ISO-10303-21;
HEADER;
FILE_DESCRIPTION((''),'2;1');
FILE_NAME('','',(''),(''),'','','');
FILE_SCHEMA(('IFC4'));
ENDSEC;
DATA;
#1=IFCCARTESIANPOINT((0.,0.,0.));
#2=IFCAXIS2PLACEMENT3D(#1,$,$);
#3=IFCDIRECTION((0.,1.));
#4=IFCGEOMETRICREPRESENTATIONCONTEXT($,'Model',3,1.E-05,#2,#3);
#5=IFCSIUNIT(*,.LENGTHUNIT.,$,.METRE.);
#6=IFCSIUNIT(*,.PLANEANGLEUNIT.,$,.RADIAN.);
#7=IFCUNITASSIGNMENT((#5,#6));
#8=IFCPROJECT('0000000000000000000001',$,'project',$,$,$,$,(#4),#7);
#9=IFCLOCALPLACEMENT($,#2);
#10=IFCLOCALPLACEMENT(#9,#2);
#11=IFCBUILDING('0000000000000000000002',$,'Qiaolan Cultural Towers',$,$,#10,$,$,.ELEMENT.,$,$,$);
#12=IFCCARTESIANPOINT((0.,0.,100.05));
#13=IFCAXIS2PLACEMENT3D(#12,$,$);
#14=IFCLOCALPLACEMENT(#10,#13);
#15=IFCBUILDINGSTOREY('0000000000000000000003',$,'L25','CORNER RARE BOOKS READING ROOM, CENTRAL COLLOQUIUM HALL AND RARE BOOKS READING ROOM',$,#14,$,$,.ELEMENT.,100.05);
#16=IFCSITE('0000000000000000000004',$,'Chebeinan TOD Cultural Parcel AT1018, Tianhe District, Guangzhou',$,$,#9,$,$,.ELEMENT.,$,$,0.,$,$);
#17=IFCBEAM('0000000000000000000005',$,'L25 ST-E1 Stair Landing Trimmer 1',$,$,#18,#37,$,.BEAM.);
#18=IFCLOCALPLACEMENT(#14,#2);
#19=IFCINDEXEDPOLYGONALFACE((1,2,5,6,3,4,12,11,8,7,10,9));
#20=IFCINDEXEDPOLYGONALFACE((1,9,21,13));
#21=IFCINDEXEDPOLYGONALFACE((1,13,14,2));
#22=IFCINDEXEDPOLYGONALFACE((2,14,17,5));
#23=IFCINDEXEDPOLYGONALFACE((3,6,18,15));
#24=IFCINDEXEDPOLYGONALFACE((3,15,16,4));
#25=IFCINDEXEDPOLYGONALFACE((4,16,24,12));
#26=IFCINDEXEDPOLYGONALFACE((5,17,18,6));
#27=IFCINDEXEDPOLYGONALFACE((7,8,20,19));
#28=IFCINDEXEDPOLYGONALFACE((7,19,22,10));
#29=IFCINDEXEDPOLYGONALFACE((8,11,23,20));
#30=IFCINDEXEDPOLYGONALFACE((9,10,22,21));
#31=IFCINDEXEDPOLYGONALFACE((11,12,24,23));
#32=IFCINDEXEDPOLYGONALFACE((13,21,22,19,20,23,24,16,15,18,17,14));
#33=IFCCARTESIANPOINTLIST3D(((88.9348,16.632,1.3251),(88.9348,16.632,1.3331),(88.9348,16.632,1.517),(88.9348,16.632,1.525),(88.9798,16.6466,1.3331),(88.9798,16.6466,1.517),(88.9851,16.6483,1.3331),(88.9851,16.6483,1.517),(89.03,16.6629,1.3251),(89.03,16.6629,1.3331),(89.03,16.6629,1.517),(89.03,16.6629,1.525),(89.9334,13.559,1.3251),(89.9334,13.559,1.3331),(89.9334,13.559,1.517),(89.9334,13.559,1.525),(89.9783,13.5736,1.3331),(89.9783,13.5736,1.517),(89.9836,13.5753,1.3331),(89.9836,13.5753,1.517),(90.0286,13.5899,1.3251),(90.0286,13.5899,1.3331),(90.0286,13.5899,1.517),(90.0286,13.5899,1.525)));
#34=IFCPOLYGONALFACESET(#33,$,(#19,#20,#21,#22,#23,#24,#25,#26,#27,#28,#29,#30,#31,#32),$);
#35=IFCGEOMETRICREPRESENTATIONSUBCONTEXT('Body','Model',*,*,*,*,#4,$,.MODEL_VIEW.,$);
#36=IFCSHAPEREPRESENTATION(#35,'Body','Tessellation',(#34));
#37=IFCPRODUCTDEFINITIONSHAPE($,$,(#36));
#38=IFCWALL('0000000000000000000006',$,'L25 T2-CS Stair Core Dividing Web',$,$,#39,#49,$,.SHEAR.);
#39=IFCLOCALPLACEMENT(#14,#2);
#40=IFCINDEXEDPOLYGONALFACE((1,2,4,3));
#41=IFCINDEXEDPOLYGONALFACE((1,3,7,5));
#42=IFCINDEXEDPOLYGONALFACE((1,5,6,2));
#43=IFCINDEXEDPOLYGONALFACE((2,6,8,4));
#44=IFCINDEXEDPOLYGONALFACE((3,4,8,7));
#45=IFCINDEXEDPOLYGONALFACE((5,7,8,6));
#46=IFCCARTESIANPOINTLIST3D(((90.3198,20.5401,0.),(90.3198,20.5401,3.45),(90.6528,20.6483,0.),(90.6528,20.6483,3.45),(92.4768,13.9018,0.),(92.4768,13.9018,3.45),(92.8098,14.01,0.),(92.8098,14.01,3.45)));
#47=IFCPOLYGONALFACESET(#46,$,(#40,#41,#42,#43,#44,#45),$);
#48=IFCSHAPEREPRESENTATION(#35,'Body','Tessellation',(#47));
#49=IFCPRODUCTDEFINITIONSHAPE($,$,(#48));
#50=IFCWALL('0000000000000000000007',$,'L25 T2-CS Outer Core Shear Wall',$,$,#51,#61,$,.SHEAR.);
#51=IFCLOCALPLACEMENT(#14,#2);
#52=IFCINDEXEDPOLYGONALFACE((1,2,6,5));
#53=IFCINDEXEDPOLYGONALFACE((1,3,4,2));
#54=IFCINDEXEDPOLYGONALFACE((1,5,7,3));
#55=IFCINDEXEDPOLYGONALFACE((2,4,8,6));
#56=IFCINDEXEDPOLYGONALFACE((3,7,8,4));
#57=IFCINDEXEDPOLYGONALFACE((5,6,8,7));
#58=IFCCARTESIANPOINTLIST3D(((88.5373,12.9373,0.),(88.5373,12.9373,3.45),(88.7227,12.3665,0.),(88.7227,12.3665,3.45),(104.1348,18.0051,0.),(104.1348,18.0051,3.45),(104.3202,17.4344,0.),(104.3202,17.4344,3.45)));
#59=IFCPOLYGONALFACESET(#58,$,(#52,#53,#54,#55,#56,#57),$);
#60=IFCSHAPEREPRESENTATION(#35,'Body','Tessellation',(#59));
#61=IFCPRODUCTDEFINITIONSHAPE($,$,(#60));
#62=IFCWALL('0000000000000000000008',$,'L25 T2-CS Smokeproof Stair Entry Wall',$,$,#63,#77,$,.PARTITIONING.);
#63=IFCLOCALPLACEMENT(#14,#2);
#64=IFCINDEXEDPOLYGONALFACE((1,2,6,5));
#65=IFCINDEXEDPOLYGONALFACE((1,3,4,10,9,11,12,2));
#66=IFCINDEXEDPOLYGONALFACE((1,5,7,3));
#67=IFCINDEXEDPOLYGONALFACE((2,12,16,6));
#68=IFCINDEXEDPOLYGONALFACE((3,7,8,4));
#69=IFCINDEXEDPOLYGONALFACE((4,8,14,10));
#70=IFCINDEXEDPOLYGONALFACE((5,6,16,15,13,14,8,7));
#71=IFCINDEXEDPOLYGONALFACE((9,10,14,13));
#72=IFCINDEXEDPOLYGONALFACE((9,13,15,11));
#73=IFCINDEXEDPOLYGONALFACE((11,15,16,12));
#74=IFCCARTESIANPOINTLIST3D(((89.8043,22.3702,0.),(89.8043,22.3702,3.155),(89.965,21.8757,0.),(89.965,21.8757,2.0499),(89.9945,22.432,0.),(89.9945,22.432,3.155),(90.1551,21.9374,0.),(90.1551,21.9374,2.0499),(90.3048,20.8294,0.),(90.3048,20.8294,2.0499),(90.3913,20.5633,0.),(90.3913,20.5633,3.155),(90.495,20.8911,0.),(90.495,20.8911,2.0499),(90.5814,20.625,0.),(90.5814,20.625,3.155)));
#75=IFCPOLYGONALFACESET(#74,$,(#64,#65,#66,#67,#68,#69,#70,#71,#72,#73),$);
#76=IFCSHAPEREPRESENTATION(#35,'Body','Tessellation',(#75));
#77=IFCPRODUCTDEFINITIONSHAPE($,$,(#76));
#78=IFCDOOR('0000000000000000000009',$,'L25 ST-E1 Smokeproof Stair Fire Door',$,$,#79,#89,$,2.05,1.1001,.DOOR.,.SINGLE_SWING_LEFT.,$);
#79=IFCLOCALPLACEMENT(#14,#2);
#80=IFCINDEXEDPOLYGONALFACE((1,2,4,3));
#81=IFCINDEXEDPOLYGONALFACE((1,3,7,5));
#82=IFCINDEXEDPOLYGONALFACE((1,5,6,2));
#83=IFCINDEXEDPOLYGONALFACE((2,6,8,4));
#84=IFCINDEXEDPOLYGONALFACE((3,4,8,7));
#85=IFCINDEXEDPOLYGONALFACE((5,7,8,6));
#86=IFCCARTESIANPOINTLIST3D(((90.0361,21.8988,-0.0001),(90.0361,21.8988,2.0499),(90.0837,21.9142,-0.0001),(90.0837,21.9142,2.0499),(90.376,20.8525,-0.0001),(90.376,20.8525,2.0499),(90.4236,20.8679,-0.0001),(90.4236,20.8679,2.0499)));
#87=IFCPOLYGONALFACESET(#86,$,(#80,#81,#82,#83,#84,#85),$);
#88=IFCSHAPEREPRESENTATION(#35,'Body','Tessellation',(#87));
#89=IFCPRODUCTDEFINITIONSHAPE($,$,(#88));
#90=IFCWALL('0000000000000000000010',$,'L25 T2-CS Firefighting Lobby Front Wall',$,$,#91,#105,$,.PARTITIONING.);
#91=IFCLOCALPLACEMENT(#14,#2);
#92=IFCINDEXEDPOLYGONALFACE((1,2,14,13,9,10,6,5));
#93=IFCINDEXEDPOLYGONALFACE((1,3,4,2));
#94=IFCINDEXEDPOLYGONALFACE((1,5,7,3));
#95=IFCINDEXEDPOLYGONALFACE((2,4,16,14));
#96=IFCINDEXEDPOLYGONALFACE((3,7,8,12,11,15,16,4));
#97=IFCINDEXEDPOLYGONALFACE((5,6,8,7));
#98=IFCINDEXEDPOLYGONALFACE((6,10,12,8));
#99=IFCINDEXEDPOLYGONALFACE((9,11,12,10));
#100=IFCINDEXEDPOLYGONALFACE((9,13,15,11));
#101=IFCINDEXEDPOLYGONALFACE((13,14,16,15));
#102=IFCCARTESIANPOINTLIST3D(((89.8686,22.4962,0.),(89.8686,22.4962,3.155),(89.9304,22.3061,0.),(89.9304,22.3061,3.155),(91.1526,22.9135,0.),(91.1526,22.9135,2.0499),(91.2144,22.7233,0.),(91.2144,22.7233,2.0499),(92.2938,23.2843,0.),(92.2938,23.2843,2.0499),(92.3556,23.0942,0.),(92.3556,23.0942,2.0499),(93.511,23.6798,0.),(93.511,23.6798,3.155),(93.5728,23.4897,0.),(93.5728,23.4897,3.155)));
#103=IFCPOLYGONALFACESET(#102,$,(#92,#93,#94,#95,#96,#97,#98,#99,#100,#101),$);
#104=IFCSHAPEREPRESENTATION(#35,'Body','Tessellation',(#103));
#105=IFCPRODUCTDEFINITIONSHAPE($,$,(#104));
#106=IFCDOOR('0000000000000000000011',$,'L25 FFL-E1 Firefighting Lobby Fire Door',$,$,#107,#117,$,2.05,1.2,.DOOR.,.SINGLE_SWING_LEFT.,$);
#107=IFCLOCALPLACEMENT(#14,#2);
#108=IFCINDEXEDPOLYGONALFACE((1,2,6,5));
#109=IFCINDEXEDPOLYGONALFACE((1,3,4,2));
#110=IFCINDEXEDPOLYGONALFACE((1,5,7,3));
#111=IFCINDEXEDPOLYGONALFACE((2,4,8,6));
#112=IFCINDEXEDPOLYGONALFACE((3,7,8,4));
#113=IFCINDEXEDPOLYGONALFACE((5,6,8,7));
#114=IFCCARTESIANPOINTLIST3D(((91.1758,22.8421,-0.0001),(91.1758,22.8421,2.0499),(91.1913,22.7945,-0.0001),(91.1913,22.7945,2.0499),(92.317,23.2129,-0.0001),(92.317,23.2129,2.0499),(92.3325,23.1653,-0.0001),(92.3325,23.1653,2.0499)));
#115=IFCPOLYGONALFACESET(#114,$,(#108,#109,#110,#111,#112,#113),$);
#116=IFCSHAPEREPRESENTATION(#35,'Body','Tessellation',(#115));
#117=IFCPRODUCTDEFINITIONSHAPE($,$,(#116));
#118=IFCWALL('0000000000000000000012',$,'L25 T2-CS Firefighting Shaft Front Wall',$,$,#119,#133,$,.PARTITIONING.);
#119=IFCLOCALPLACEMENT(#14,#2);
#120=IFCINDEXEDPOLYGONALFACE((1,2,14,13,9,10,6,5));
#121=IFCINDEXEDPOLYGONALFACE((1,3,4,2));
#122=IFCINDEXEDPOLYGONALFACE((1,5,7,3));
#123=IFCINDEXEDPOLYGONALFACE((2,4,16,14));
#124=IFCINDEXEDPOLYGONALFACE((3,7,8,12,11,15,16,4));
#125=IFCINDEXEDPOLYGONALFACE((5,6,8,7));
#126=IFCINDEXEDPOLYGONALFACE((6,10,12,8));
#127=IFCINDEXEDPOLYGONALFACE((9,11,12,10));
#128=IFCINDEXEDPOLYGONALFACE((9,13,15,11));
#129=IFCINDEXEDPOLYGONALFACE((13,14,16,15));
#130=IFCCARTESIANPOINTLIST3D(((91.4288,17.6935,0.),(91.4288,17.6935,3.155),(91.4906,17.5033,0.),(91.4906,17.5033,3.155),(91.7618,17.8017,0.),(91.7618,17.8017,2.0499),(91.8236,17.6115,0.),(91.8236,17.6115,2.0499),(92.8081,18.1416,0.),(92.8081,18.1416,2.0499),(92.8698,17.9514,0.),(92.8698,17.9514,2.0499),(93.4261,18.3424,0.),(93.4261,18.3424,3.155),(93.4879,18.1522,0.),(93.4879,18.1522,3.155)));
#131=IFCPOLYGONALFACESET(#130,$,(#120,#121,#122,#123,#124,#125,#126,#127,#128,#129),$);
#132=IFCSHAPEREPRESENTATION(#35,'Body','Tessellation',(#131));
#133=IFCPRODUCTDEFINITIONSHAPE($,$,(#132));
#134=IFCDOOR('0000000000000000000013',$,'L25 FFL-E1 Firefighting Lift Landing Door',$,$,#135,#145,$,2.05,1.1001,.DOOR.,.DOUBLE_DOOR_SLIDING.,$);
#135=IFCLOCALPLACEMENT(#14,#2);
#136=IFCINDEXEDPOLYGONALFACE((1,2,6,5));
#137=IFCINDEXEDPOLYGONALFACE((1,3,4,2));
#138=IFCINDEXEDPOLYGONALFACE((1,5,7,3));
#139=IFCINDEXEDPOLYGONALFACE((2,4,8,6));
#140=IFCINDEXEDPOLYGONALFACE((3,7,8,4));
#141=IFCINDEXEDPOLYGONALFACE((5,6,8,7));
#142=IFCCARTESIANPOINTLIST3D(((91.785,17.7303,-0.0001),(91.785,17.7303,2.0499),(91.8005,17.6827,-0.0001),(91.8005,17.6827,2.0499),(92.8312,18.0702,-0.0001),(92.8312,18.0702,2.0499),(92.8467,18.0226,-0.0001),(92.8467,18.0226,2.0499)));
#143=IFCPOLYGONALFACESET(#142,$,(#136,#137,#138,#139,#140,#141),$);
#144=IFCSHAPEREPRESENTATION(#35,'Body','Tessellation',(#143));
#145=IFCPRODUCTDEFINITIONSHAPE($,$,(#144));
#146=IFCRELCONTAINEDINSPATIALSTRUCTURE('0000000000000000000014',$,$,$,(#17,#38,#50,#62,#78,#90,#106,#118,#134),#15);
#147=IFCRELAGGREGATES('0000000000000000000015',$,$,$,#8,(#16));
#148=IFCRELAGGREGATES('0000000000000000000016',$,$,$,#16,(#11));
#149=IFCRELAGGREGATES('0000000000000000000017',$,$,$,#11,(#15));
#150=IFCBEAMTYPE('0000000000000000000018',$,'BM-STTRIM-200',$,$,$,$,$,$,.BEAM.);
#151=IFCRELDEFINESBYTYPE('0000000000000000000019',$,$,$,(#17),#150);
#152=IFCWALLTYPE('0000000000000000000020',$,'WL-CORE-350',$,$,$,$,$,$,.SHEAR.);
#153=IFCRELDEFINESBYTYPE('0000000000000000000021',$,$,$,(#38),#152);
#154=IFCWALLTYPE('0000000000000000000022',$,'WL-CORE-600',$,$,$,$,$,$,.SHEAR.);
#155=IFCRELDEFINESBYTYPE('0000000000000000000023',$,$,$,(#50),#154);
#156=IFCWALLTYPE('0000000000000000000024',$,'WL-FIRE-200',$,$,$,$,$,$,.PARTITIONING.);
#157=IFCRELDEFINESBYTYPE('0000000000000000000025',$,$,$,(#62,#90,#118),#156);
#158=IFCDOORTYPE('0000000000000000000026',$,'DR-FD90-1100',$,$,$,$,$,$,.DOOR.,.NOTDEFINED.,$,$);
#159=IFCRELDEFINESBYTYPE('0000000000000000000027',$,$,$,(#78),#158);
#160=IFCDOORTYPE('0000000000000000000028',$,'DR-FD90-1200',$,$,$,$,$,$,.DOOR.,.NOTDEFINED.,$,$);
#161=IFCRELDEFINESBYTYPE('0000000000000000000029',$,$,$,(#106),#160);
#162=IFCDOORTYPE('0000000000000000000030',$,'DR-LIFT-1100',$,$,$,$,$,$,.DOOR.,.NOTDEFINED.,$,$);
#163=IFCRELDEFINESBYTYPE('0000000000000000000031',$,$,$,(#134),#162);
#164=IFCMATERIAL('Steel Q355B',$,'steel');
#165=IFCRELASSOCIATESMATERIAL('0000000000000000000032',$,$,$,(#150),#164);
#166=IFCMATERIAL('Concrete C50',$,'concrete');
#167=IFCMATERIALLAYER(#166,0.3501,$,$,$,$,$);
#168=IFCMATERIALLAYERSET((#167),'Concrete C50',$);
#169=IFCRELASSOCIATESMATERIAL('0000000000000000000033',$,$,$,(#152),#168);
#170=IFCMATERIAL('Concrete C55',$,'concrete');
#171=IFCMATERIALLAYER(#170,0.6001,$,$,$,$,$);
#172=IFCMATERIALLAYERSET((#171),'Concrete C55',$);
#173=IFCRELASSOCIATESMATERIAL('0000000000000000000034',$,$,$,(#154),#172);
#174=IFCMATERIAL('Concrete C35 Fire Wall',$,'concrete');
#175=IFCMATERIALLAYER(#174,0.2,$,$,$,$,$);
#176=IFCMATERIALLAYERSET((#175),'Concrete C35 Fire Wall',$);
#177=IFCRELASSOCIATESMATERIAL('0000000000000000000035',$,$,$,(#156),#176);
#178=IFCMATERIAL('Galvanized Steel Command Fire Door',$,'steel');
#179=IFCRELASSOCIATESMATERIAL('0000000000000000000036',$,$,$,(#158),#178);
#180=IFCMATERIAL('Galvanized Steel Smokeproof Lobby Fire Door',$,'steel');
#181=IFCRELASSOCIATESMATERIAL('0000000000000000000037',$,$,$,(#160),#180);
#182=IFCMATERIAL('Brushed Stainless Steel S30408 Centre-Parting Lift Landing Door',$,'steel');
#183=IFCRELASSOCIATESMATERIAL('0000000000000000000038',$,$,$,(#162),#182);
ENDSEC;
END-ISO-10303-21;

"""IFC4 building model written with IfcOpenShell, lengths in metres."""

from ifc_helpers import new_model, si_unit, direction, frame, frame_2d, origin, origin_2d, place, context, subcontext, project, spatial, rectangle, i_section, extrude, material, layer, layer_set, material_profile, profile_set, type_object, element, fill, save


model = new_model("IFC4")

# Units and contexts
model_context = context("Model", 3, precision=1e-05, world=origin(), true_north=direction((0.0, 1.0)))
body_context = subcontext(model_context, "Body", "Model", "MODEL_VIEW")
ifc_project = project(units=[si_unit("LENGTHUNIT", "METRE"), si_unit("PLANEANGLEUNIT", "RADIAN")], contexts=[model_context])

# Site, building, storey
site_placement = place(None, origin())
site = spatial("IfcSite", under=ifc_project, at=site_placement, Name="Chebeinan TOD Cultural Parcel AT1018, Tianhe District, Guangzhou", CompositionType="ELEMENT", RefElevation=0.0)
building_placement = place(site_placement, origin())
building = spatial("IfcBuilding", under=site, at=building_placement, Name="Qiaolan Cultural Towers", CompositionType="ELEMENT")
storey_placement = place(building_placement, frame((0.0, 0.0, 100.05)))
storey = spatial("IfcBuildingStorey", under=building, at=storey_placement, Name="L25", Description="CORNER RARE BOOKS READING ROOM, CENTRAL COLLOQUIUM HALL AND RARE BOOKS READING ROOM", CompositionType="ELEMENT", Elevation=100.05)

# Beam
ifc_material_1 = material(Name="Steel Q355B", Category="steel")
ifc_material_profile_1 = material_profile(ifc_material_1, i_section(OverallWidth=0.1001, OverallDepth=0.2, WebThickness=0.0056, FlangeThickness=0.0081, at=origin_2d()), Name="HN200x100x5.5x8")
ifc_profile_set_1 = profile_set([ifc_material_profile_1], Name="Steel Q355B")
beam_type_1 = type_object("IfcBeamType", Name="BM-STTRIM-200", PredefinedType="BEAM", material=ifc_profile_set_1)
beam_1_placement = place(storey_placement, frame((88.9824, 16.6475, 1.425), z_axis=(0.309033, -0.951051, 0.0), x_axis=(0.951051, 0.309033, 0.0)))
element("IfcBeam", 1, at=beam_1_placement, inside=storey, type_object=beam_type_1, Name="L25 ST-E1 Stair Landing Trimmer 1", PredefinedType="BEAM", context=body_context, shape_type="SweptSolid", body=[
    extrude(i_section(OverallWidth=0.1001, OverallDepth=0.2, WebThickness=0.0056, FlangeThickness=0.0081, at=origin_2d()), origin(), (0.0, 0.0, 1.0), 3.2312),
])

# Walls
ifc_material_2 = material(Name="Concrete C50", Category="concrete")
ifc_layer_1 = layer(ifc_material_2, 0.3501)
ifc_layer_set_1 = layer_set([ifc_layer_1], Name="Concrete C50")
wall_type_1 = type_object("IfcWallType", Name="WL-CORE-350", PredefinedType="SHEAR", material=ifc_layer_set_1)
wall_1_placement = place(storey_placement, frame((90.4863, 20.5942, 0.0), z_axis=(0.0, 0.0, 1.0), x_axis=(0.30902, -0.951055, 0.0)))
element("IfcWall", 2, at=wall_1_placement, inside=storey, type_object=wall_type_1, Name="L25 T2-CS Stair Core Dividing Web", PredefinedType="SHEAR", context=body_context, shape_type="SweptSolid", body=[
    extrude(rectangle(XDim=6.98, YDim=0.3501, at=frame_2d((3.49, 0.0))), origin(), (0.0, 0.0, 1.0), 3.45),
])
ifc_material_3 = material(Name="Concrete C55", Category="concrete")
ifc_layer_2 = layer(ifc_material_3, 0.6001)
ifc_layer_set_2 = layer_set([ifc_layer_2], Name="Concrete C55")
wall_type_2 = type_object("IfcWallType", Name="WL-CORE-600", PredefinedType="SHEAR", material=ifc_layer_set_2)
wall_2_placement = place(storey_placement, frame((88.6299, 12.6519, 0.0), z_axis=(0.0, 0.0, 1.0), x_axis=(0.951057, 0.309015, 0.0)))
element("IfcWall", 3, at=wall_2_placement, inside=storey, type_object=wall_type_2, Name="L25 T2-CS Outer Core Shear Wall", PredefinedType="SHEAR", context=body_context, shape_type="SweptSolid", body=[
    extrude(rectangle(XDim=16.4001, YDim=0.6001, at=frame_2d((8.2002, 0.0))), origin(), (0.0, 0.0, 1.0), 3.45),
])

# Walls, openings, doors
ifc_material_4 = material(Name="Concrete C35 Fire Wall", Category="concrete")
ifc_layer_3 = layer(ifc_material_4, 0.2)
ifc_layer_set_3 = layer_set([ifc_layer_3], Name="Concrete C35 Fire Wall")
wall_type_3 = type_object("IfcWallType", Name="WL-FIRE-200", PredefinedType="PARTITIONING", material=ifc_layer_set_3)
wall_3_placement = place(storey_placement, frame((89.8994, 22.4011, 0.0), z_axis=(0.0, 0.0, 1.0), x_axis=(0.308932, -0.951084, 0.0)))
wall_3 = element("IfcWall", 4, at=wall_3_placement, inside=storey, type_object=wall_type_3, Name="L25 T2-CS Smokeproof Stair Entry Wall", PredefinedType="PARTITIONING", context=body_context, shape_type="SweptSolid", body=[
    extrude(rectangle(XDim=1.8999, YDim=0.2, at=frame_2d((0.95, 0.0))), origin(), (0.0, 0.0, 1.0), 3.155),
])
opening_1_placement = place(wall_3_placement, frame((0.52, 0.0, 0.0)))
opening_1 = element("IfcOpeningElement", 5, at=opening_1_placement, cuts=wall_3, PredefinedType="OPENING", context=body_context, shape_type="SweptSolid", body=[
    extrude(rectangle(XDim=1.1001, YDim=2.05, at=frame_2d((0.55, 1.0249))), frame((0.0, 0.1099, 0.0), z_axis=(0.0, -1.0, 0.0), x_axis=(1.0, 0.0, 0.0)), (0.0, 0.0, 1.0), 0.22),
])
ifc_material_5 = material(Name="Galvanized Steel Command Fire Door", Category="steel")
door_type_1 = type_object("IfcDoorType", Name="DR-FD90-1100", OperationType="NOTDEFINED", PredefinedType="DOOR", material=ifc_material_5)
door_1_placement = place(opening_1_placement, origin())
door_1 = element("IfcDoor", 6, at=door_1_placement, inside=storey, type_object=door_type_1, Name="L25 ST-E1 Smokeproof Stair Fire Door", OperationType="SINGLE_SWING_LEFT", OverallHeight=2.05, OverallWidth=1.1001, PredefinedType="DOOR", context=body_context, shape_type="SweptSolid", body=[
    extrude(rectangle(XDim=1.1001, YDim=2.05, at=frame_2d((0.55, 1.0249))), frame((0.0, 0.0249, 0.0), z_axis=(0.0, -1.0, 0.0), x_axis=(1.0, 0.0, 0.0)), (0.0, 0.0, 1.0), 0.05),
])
fill(opening_1, door_1)
wall_4_placement = place(storey_placement, frame((89.8994, 22.4011, 0.0), z_axis=(0.0, 0.0, 1.0), x_axis=(0.951047, 0.309047, 0.0)))
wall_4 = element("IfcWall", 7, at=wall_4_placement, inside=storey, type_object=wall_type_3, Name="L25 T2-CS Firefighting Lobby Front Wall", PredefinedType="PARTITIONING", context=body_context, shape_type="SweptSolid", body=[
    extrude(rectangle(XDim=3.8298, YDim=0.2, at=frame_2d((1.915, 0.0))), origin(), (0.0, 0.0, 1.0), 3.155),
])
opening_2_placement = place(wall_4_placement, frame((1.3501, 0.0, 0.0)))
opening_2 = element("IfcOpeningElement", 8, at=opening_2_placement, cuts=wall_4, PredefinedType="OPENING", context=body_context, shape_type="SweptSolid", body=[
    extrude(rectangle(XDim=1.2, YDim=2.05, at=frame_2d((0.6001, 1.0249))), frame((0.0, 0.1099, 0.0), z_axis=(0.0, -1.0, 0.0), x_axis=(1.0, 0.0, 0.0)), (0.0, 0.0, 1.0), 0.22),
])
ifc_material_6 = material(Name="Galvanized Steel Smokeproof Lobby Fire Door", Category="steel")
door_type_2 = type_object("IfcDoorType", Name="DR-FD90-1200", OperationType="NOTDEFINED", PredefinedType="DOOR", material=ifc_material_6)
door_2_placement = place(opening_2_placement, origin())
door_2 = element("IfcDoor", 9, at=door_2_placement, inside=storey, type_object=door_type_2, Name="L25 FFL-E1 Firefighting Lobby Fire Door", OperationType="SINGLE_SWING_LEFT", OverallHeight=2.05, OverallWidth=1.2, PredefinedType="DOOR", context=body_context, shape_type="SweptSolid", body=[
    extrude(rectangle(XDim=1.2, YDim=2.05, at=frame_2d((0.6001, 1.0249))), frame((0.0, 0.0249, 0.0), z_axis=(0.0, -1.0, 0.0), x_axis=(1.0, 0.0, 0.0)), (0.0, 0.0, 1.0), 0.05),
])
fill(opening_2, door_2)
wall_5_placement = place(storey_placement, frame((91.4597, 17.5984, 0.0), z_axis=(0.0, 0.0, 1.0), x_axis=(0.951062, 0.308999, 0.0)))
wall_5 = element("IfcWall", 10, at=wall_5_placement, inside=storey, type_object=wall_type_3, Name="L25 T2-CS Firefighting Shaft Front Wall", PredefinedType="PARTITIONING", context=body_context, shape_type="SweptSolid", body=[
    extrude(rectangle(XDim=2.1001, YDim=0.2, at=frame_2d((1.05, 0.0))), origin(), (0.0, 0.0, 1.0), 3.155),
])
opening_3_placement = place(wall_5_placement, frame((0.3501, 0.0, 0.0)))
opening_3 = element("IfcOpeningElement", 11, at=opening_3_placement, cuts=wall_5, PredefinedType="OPENING", context=body_context, shape_type="SweptSolid", body=[
    extrude(rectangle(XDim=1.1001, YDim=2.05, at=frame_2d((0.55, 1.0249))), frame((0.0, 0.1099, 0.0), z_axis=(0.0, -1.0, 0.0), x_axis=(1.0, 0.0, 0.0)), (0.0, 0.0, 1.0), 0.22),
])
ifc_material_7 = material(Name="Brushed Stainless Steel S30408 Centre-Parting Lift Landing Door", Category="steel")
door_type_3 = type_object("IfcDoorType", Name="DR-LIFT-1100", OperationType="NOTDEFINED", PredefinedType="DOOR", material=ifc_material_7)
door_3_placement = place(opening_3_placement, origin())
door_3 = element("IfcDoor", 12, at=door_3_placement, inside=storey, type_object=door_type_3, Name="L25 FFL-E1 Firefighting Lift Landing Door", OperationType="DOUBLE_DOOR_SLIDING", OverallHeight=2.05, OverallWidth=1.1001, PredefinedType="DOOR", context=body_context, shape_type="SweptSolid", body=[
    extrude(rectangle(XDim=1.1001, YDim=2.05, at=frame_2d((0.55, 1.0249))), frame((0.0, 0.0249, 0.0), z_axis=(0.0, -1.0, 0.0), x_axis=(1.0, 0.0, 0.0)), (0.0, 0.0, 1.0), 0.05),
])
fill(opening_3, door_3)

save(model, "model.ifc")
